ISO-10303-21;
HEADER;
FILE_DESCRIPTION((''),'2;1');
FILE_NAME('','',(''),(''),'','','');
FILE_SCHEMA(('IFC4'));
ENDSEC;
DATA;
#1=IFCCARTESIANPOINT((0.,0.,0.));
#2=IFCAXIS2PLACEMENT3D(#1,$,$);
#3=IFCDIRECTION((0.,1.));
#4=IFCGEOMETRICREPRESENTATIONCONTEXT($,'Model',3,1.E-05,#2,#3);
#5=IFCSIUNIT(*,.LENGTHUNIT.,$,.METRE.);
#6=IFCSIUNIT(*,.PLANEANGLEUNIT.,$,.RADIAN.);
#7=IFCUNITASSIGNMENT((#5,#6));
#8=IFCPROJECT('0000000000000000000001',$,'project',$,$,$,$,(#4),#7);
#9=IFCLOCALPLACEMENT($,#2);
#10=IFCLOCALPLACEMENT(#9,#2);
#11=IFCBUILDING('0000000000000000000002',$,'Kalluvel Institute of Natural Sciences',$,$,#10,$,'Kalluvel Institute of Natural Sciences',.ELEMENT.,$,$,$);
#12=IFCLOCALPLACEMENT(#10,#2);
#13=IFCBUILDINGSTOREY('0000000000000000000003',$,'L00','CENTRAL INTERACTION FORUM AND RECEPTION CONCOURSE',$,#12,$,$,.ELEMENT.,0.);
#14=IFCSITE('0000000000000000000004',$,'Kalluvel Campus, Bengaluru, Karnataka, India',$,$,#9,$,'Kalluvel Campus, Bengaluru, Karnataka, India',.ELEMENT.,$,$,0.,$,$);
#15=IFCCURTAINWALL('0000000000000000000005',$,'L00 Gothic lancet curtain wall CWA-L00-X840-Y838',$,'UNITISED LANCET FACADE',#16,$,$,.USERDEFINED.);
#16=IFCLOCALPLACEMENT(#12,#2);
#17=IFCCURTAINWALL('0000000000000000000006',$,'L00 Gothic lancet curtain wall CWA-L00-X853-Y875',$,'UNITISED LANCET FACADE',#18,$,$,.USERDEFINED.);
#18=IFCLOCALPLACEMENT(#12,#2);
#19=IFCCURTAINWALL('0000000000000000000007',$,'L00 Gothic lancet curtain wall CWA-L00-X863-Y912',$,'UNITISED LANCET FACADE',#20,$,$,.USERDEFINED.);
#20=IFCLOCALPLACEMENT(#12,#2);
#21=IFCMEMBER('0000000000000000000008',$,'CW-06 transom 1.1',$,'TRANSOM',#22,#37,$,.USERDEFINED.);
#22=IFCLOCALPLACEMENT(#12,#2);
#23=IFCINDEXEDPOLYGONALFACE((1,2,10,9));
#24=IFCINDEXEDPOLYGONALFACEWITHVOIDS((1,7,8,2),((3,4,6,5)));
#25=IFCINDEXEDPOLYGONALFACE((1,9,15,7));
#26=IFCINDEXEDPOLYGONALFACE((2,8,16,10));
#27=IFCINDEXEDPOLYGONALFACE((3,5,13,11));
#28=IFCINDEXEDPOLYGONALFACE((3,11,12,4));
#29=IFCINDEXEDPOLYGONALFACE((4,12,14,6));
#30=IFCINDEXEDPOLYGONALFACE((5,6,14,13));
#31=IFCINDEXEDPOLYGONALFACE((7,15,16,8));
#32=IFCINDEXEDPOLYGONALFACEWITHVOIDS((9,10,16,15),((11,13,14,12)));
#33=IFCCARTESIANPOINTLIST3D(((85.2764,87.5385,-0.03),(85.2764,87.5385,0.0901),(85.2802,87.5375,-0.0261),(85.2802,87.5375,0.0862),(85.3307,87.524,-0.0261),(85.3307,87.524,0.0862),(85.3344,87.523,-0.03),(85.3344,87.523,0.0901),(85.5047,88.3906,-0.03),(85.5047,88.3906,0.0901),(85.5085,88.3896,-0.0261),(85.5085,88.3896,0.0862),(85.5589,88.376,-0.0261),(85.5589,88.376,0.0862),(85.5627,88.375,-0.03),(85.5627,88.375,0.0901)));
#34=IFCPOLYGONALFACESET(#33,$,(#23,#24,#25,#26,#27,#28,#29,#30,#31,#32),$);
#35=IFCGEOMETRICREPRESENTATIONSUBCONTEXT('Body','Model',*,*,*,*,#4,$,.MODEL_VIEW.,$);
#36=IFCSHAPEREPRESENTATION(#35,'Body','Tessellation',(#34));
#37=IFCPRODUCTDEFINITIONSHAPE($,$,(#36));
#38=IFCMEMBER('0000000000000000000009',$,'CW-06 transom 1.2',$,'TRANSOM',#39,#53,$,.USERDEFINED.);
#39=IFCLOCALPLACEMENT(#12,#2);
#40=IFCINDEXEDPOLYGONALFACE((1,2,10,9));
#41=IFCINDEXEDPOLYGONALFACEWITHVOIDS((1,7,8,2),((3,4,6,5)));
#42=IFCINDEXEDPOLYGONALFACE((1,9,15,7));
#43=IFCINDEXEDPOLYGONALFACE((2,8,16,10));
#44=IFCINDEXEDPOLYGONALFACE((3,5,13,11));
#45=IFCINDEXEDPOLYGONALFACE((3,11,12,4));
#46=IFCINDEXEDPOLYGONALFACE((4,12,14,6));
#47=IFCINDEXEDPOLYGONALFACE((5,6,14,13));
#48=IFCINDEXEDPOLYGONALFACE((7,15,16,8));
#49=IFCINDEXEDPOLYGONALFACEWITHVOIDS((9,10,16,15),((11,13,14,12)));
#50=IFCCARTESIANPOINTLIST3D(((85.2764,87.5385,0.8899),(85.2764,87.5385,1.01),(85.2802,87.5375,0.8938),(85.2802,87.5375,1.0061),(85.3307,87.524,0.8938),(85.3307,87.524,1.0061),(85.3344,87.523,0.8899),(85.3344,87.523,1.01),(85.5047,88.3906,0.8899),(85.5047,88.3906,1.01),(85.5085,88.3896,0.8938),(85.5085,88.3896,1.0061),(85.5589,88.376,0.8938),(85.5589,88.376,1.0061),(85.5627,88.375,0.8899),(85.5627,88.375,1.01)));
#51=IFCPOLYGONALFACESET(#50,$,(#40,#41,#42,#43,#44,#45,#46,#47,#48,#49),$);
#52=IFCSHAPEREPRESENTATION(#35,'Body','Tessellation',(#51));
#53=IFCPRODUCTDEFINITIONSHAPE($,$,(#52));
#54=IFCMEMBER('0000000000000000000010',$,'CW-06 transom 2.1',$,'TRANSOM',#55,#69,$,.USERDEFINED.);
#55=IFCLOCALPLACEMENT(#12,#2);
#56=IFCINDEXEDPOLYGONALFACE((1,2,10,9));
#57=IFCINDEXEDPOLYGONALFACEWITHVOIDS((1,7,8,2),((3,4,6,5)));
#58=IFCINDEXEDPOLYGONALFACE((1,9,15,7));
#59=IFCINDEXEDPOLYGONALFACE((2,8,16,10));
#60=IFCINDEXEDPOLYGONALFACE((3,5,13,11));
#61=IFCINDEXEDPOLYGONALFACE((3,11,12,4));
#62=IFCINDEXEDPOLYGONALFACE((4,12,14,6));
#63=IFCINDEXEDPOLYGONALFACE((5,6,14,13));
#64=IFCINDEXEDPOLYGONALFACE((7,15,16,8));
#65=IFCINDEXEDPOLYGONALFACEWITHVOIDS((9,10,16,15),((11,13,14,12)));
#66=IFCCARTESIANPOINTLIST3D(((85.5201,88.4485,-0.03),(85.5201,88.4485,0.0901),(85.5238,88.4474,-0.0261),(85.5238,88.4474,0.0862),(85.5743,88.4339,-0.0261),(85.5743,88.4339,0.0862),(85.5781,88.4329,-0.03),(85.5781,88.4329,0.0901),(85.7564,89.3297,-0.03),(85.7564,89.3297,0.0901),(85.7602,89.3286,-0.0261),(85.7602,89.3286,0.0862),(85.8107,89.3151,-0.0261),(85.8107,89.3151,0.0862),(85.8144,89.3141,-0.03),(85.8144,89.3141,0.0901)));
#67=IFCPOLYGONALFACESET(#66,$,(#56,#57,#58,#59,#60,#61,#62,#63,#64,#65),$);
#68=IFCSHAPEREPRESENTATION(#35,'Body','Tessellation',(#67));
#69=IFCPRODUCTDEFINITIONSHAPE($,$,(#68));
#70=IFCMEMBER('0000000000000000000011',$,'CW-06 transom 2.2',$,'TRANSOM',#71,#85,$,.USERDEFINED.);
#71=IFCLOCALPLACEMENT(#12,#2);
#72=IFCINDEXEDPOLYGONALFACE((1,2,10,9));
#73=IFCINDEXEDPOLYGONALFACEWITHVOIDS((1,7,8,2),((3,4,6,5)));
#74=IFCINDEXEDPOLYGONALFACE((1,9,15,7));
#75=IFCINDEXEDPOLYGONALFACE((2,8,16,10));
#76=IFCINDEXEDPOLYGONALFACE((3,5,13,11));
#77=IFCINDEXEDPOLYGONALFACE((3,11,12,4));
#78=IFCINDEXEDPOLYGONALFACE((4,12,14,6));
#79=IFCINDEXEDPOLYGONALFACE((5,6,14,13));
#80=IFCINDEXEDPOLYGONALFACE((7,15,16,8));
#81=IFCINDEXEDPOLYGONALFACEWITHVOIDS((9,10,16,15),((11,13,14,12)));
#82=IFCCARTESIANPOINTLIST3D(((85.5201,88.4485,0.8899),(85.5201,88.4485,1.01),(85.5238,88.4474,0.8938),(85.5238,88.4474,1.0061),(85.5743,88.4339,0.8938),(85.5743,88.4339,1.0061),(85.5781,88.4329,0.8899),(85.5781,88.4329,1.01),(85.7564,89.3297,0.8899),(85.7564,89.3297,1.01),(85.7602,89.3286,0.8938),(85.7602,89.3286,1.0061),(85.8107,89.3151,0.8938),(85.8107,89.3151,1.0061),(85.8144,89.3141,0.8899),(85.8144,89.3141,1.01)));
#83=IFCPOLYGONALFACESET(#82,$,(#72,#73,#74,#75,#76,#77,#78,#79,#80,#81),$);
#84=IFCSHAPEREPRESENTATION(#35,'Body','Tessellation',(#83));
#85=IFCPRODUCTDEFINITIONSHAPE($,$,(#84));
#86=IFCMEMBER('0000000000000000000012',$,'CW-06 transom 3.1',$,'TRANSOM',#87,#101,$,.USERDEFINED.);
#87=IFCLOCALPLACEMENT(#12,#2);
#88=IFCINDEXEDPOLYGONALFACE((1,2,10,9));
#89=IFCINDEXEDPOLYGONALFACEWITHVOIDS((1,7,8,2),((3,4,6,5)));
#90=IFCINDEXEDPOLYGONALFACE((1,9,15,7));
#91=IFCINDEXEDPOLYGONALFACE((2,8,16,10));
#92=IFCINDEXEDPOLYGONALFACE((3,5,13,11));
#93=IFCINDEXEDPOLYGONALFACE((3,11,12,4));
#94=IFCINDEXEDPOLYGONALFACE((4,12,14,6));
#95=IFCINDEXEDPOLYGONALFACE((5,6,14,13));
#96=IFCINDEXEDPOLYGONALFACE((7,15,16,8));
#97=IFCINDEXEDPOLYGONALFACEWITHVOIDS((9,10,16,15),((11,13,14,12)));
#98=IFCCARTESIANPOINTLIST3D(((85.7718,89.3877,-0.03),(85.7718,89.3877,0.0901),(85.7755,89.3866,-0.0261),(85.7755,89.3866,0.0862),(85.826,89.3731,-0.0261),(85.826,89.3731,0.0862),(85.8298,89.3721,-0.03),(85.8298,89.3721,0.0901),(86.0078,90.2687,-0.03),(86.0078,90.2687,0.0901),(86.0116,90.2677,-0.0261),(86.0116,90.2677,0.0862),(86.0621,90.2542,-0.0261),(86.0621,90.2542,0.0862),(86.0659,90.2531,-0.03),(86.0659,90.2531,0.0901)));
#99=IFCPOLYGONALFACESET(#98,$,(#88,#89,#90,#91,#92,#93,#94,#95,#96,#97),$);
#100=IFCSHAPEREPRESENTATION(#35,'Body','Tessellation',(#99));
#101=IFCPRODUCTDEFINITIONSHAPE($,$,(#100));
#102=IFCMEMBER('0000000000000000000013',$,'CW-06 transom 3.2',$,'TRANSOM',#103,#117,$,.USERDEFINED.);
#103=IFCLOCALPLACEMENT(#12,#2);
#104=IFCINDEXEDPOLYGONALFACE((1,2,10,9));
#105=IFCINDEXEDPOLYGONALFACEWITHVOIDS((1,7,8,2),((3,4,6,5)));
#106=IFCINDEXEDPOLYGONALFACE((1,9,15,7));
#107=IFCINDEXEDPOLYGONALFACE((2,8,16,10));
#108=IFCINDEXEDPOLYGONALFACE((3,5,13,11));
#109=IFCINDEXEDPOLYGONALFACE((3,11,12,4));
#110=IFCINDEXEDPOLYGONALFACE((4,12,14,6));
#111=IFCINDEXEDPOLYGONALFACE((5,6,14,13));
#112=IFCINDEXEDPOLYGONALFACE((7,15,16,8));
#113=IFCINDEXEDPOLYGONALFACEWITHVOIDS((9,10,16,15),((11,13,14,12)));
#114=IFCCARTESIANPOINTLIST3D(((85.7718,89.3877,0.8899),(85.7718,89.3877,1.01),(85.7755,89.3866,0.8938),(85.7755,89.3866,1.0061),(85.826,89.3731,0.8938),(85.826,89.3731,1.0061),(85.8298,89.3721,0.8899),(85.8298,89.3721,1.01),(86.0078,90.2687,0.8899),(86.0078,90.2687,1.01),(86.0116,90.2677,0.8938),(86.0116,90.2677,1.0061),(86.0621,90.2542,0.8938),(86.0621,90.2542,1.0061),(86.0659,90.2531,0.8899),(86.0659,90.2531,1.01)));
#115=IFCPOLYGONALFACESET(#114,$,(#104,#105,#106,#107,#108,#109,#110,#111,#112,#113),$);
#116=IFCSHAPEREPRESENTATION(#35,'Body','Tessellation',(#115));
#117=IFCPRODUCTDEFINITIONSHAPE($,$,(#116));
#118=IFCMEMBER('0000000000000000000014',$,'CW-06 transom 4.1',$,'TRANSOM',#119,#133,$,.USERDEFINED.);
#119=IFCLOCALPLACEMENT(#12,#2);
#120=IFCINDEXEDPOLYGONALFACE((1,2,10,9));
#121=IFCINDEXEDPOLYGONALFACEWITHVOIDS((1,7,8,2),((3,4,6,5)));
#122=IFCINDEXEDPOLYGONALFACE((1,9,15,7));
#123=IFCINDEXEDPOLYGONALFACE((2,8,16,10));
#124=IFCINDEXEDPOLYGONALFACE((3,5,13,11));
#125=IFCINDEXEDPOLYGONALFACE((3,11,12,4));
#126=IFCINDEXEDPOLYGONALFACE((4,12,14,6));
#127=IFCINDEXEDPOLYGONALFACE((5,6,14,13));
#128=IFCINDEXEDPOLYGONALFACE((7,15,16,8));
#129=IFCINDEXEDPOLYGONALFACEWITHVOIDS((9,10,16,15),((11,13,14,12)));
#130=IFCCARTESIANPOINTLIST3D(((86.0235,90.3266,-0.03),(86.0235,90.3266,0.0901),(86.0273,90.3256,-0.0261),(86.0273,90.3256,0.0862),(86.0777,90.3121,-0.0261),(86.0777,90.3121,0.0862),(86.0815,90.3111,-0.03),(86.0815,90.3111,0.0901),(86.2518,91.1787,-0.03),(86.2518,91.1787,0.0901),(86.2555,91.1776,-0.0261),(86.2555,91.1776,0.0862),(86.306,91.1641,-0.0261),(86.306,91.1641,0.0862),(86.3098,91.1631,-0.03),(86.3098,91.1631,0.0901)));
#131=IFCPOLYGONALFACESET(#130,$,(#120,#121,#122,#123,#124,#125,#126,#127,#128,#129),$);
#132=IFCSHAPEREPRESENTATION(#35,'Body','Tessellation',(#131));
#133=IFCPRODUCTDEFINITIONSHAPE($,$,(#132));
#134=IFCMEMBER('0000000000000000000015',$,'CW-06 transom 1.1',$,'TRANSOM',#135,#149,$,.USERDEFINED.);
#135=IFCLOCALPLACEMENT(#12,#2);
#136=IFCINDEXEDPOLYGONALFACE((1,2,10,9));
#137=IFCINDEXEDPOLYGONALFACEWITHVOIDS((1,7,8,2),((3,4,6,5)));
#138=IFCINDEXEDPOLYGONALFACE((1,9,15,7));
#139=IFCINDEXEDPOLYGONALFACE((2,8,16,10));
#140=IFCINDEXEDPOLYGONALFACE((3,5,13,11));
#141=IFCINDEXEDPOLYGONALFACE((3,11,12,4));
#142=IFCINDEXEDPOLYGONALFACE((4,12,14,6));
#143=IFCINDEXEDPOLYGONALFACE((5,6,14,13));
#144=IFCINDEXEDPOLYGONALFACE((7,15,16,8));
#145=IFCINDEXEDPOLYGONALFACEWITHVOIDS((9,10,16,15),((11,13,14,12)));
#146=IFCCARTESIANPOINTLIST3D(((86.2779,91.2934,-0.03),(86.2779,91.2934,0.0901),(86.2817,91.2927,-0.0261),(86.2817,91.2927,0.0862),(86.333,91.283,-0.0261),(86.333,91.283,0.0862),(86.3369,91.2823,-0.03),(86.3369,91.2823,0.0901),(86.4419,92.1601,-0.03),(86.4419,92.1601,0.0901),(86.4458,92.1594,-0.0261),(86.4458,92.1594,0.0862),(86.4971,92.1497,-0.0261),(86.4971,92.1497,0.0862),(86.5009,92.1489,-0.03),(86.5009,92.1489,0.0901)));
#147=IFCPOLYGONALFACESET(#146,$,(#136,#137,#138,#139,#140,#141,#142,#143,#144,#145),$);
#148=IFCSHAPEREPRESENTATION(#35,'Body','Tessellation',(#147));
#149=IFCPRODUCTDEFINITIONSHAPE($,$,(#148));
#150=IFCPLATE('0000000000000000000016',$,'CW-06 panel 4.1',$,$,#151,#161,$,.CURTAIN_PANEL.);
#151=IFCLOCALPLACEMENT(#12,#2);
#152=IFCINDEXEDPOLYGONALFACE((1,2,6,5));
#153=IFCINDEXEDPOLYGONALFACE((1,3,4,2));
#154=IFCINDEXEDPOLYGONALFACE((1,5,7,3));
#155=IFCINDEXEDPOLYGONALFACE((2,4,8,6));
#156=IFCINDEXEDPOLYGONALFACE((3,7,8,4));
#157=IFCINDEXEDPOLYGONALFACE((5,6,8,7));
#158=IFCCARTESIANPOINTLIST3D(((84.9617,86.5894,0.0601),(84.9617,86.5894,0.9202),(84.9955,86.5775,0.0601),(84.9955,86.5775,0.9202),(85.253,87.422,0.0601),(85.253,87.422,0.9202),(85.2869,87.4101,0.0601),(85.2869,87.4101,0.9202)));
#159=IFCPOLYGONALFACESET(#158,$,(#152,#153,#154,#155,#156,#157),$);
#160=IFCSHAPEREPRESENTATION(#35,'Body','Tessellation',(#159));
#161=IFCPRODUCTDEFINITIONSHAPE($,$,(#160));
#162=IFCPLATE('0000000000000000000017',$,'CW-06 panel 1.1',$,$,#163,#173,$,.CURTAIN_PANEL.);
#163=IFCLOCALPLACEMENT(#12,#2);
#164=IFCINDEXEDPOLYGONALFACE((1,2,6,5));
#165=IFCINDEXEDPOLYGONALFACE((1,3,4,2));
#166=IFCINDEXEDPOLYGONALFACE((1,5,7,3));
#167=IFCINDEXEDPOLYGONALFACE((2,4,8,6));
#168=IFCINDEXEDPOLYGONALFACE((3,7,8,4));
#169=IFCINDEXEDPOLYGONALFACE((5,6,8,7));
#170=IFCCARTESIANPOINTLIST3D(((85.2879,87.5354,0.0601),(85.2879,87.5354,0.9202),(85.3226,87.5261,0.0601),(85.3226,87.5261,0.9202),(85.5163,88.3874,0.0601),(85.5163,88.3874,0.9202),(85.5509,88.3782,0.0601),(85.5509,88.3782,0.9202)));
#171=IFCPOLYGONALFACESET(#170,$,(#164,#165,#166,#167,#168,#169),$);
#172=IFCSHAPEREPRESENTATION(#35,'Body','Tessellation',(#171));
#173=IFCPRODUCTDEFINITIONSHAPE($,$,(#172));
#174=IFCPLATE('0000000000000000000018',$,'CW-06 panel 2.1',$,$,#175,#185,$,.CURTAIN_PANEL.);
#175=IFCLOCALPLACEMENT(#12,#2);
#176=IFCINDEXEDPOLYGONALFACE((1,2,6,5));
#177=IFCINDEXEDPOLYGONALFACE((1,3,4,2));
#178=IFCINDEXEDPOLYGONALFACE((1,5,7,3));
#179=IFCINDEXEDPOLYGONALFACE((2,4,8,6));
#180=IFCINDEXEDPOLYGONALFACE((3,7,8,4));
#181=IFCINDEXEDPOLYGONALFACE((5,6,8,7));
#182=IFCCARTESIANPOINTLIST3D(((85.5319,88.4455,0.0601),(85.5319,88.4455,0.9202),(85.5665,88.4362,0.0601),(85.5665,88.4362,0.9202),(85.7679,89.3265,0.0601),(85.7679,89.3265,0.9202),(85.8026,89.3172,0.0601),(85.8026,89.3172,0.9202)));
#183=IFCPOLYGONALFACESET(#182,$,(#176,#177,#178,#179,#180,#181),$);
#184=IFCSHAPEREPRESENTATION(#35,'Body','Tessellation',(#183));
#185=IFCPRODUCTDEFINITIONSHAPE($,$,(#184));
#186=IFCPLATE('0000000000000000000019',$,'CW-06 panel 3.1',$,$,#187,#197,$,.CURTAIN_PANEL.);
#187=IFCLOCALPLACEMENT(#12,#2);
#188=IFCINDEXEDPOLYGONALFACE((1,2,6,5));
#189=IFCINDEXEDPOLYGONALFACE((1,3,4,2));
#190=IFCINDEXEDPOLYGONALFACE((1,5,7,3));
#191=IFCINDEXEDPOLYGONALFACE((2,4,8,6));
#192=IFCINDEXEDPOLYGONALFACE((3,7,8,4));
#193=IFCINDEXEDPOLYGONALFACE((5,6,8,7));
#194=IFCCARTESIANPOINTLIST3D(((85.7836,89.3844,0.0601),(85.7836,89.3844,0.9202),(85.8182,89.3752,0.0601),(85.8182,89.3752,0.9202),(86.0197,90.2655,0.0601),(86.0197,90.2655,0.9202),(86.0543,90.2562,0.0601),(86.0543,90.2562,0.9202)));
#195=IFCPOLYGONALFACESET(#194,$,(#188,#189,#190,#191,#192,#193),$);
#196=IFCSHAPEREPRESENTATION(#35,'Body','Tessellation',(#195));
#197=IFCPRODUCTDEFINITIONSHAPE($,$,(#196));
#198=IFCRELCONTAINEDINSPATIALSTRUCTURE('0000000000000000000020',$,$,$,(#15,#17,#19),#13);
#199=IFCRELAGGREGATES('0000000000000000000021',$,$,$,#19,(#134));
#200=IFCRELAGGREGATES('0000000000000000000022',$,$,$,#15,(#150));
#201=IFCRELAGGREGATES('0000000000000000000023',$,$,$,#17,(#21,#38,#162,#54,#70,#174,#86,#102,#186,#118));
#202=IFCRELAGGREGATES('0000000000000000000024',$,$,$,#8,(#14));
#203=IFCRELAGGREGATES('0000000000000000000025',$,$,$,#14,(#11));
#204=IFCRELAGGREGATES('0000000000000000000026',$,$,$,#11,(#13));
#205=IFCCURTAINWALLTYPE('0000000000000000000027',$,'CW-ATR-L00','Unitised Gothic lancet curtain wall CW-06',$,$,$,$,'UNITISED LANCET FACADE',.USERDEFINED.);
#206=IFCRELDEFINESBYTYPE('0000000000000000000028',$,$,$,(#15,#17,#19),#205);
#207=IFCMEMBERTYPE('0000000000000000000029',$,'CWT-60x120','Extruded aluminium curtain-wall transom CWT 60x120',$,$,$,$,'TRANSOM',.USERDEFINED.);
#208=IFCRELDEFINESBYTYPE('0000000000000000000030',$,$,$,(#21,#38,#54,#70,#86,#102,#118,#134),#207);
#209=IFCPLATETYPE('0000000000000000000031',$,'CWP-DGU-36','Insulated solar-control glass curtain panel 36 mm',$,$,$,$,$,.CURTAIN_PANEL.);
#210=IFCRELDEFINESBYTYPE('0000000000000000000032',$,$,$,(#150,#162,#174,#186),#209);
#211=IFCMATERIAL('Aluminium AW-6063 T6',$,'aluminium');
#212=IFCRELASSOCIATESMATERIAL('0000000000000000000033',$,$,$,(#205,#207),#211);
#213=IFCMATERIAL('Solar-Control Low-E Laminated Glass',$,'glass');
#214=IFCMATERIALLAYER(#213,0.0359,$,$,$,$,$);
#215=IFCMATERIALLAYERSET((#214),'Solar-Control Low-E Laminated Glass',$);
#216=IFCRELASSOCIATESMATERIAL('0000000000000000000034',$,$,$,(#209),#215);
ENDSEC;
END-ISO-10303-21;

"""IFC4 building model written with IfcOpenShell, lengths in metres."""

from ifc_helpers import new_model, si_unit, direction, frame, origin, origin_2d, place, context, subcontext, project, spatial, rectangle, hollow_rectangle, extrude, material, layer, layer_set, material_profile, profile_set, type_object, element, aggregate, save


model = new_model("IFC4")

# Units and contexts
model_context = context("Model", 3, precision=1e-05, world=origin(), true_north=direction((0.0, 1.0)))
body_context = subcontext(model_context, "Body", "Model", "MODEL_VIEW")
ifc_project = project(units=[si_unit("LENGTHUNIT", "METRE"), si_unit("PLANEANGLEUNIT", "RADIAN")], contexts=[model_context])

# Site, building, storey
site_placement = place(None, origin())
site = spatial("IfcSite", under=ifc_project, at=site_placement, Name="Kalluvel Campus, Bengaluru, Karnataka, India", LongName="Kalluvel Campus, Bengaluru, Karnataka, India", CompositionType="ELEMENT", RefElevation=0.0)
building_placement = place(site_placement, origin())
building = spatial("IfcBuilding", under=site, at=building_placement, Name="Kalluvel Institute of Natural Sciences", LongName="Kalluvel Institute of Natural Sciences", CompositionType="ELEMENT")
storey_placement = place(building_placement, origin())
storey = spatial("IfcBuildingStorey", under=building, at=storey_placement, Name="L00", Description="CENTRAL INTERACTION FORUM AND RECEPTION CONCOURSE", CompositionType="ELEMENT", Elevation=0.0)

# Curtain walls
ifc_material_1 = material(Name="Aluminium AW-6063 T6", Category="aluminium")
curtain_wall_type = type_object("IfcCurtainWallType", Name="CW-ATR-L00", Description="Unitised Gothic lancet curtain wall CW-06", ElementType="UNITISED LANCET FACADE", PredefinedType="USERDEFINED", material=ifc_material_1)
curtain_wall_1_placement = place(storey_placement, origin())
curtain_wall_1 = element("IfcCurtainWall", 1, at=curtain_wall_1_placement, inside=storey, type_object=curtain_wall_type, Name="L00 Gothic lancet curtain wall CWA-L00-X840-Y838", ObjectType="UNITISED LANCET FACADE", PredefinedType="USERDEFINED")
curtain_wall_2_placement = place(storey_placement, origin())
curtain_wall_2 = element("IfcCurtainWall", 2, at=curtain_wall_2_placement, inside=storey, type_object=curtain_wall_type, Name="L00 Gothic lancet curtain wall CWA-L00-X853-Y875", ObjectType="UNITISED LANCET FACADE", PredefinedType="USERDEFINED")

# Curtain wall
curtain_wall_3_placement = place(storey_placement, origin())
curtain_wall_3 = element("IfcCurtainWall", 3, at=curtain_wall_3_placement, inside=storey, type_object=curtain_wall_type, Name="L00 Gothic lancet curtain wall CWA-L00-X863-Y912", ObjectType="UNITISED LANCET FACADE", PredefinedType="USERDEFINED")

# Members
ifc_material_profile_1 = material_profile(ifc_material_1, hollow_rectangle(XDim=0.0601, YDim=0.1201, WallThickness=0.0039, at=origin_2d()), Name="CWT 60x120")
ifc_profile_set_1 = profile_set([ifc_material_profile_1], Name="Aluminium AW-6063 T6")
member_type_1 = type_object("IfcMemberType", Name="CWT-60x120", Description="Extruded aluminium curtain-wall transom CWT 60x120", ElementType="TRANSOM", PredefinedType="USERDEFINED", material=ifc_profile_set_1)
member_1_placement = place(storey_placement, frame((85.3054, 87.5308, 0.03), z_axis=(0.258782, 0.965936, 0.0), x_axis=(-0.965936, 0.258782, 0.0)))
member_1 = element("IfcMember", 4, at=member_1_placement, type_object=member_type_1, Name="CW-06 transom 1.1", ObjectType="TRANSOM", PredefinedType="USERDEFINED", context=body_context, shape_type="SweptSolid", body=[
    extrude(hollow_rectangle(XDim=0.0601, YDim=0.1201, WallThickness=0.0039, at=origin_2d()), origin(), (0.0, 0.0, 1.0), 0.8821),
])
member_2_placement = place(storey_placement, frame((85.3054, 87.5308, 0.95), z_axis=(0.258782, 0.965936, 0.0), x_axis=(-0.965936, 0.258782, 0.0)))
member_2 = element("IfcMember", 5, at=member_2_placement, type_object=member_type_1, Name="CW-06 transom 1.2", ObjectType="TRANSOM", PredefinedType="USERDEFINED", context=body_context, shape_type="SweptSolid", body=[
    extrude(hollow_rectangle(XDim=0.0601, YDim=0.1201, WallThickness=0.0039, at=origin_2d()), origin(), (0.0, 0.0, 1.0), 0.8821),
])
member_3_placement = place(storey_placement, frame((85.5491, 88.4407, 0.03), z_axis=(0.259062, 0.965861, 0.0), x_axis=(-0.965861, 0.259062, 0.0)))
member_3 = element("IfcMember", 6, at=member_3_placement, type_object=member_type_1, Name="CW-06 transom 2.1", ObjectType="TRANSOM", PredefinedType="USERDEFINED", context=body_context, shape_type="SweptSolid", body=[
    extrude(hollow_rectangle(XDim=0.0601, YDim=0.1201, WallThickness=0.0039, at=origin_2d()), origin(), (0.0, 0.0, 1.0), 0.9124),
])
member_4_placement = place(storey_placement, frame((85.5491, 88.4407, 0.95), z_axis=(0.259062, 0.965861, 0.0), x_axis=(-0.965861, 0.259062, 0.0)))
member_4 = element("IfcMember", 7, at=member_4_placement, type_object=member_type_1, Name="CW-06 transom 2.2", ObjectType="TRANSOM", PredefinedType="USERDEFINED", context=body_context, shape_type="SweptSolid", body=[
    extrude(hollow_rectangle(XDim=0.0601, YDim=0.1201, WallThickness=0.0039, at=origin_2d()), origin(), (0.0, 0.0, 1.0), 0.9124),
])
member_5_placement = place(storey_placement, frame((85.8008, 89.3799, 0.03), z_axis=(0.258812, 0.965928, 0.0), x_axis=(-0.965928, 0.258812, 0.0)))
member_5 = element("IfcMember", 8, at=member_5_placement, type_object=member_type_1, Name="CW-06 transom 3.1", ObjectType="TRANSOM", PredefinedType="USERDEFINED", context=body_context, shape_type="SweptSolid", body=[
    extrude(hollow_rectangle(XDim=0.0601, YDim=0.1201, WallThickness=0.0039, at=origin_2d()), origin(), (0.0, 0.0, 1.0), 0.9121),
])
member_6_placement = place(storey_placement, frame((85.8008, 89.3799, 0.95), z_axis=(0.258812, 0.965928, 0.0), x_axis=(-0.965928, 0.258812, 0.0)))
member_6 = element("IfcMember", 9, at=member_6_placement, type_object=member_type_1, Name="CW-06 transom 3.2", ObjectType="TRANSOM", PredefinedType="USERDEFINED", context=body_context, shape_type="SweptSolid", body=[
    extrude(hollow_rectangle(XDim=0.0601, YDim=0.1201, WallThickness=0.0039, at=origin_2d()), origin(), (0.0, 0.0, 1.0), 0.9121),
])
member_7_placement = place(storey_placement, frame((86.0525, 90.3188, 0.03), z_axis=(0.258782, 0.965936, 0.0), x_axis=(-0.965936, 0.258782, 0.0)))
member_7 = element("IfcMember", 10, at=member_7_placement, type_object=member_type_1, Name="CW-06 transom 4.1", ObjectType="TRANSOM", PredefinedType="USERDEFINED", context=body_context, shape_type="SweptSolid", body=[
    extrude(hollow_rectangle(XDim=0.0601, YDim=0.1201, WallThickness=0.0039, at=origin_2d()), origin(), (0.0, 0.0, 1.0), 0.8821),
])
member_8_placement = place(storey_placement, frame((86.3074, 91.2878, 0.03), z_axis=(0.185993, 0.982551, 0.0), x_axis=(-0.982551, 0.185993, 0.0)))
member_8 = element("IfcMember", 11, at=member_8_placement, type_object=member_type_1, Name="CW-06 transom 1.1", ObjectType="TRANSOM", PredefinedType="USERDEFINED", context=body_context, shape_type="SweptSolid", body=[
    extrude(hollow_rectangle(XDim=0.0601, YDim=0.1201, WallThickness=0.0039, at=origin_2d()), origin(), (0.0, 0.0, 1.0), 0.8821),
])
aggregate(curtain_wall_3, [member_8])

# Plates
ifc_material_2 = material(Name="Solar-Control Low-E Laminated Glass", Category="glass")
ifc_layer = layer(ifc_material_2, 0.0359)
ifc_layer_set = layer_set([ifc_layer], Name="Solar-Control Low-E Laminated Glass")
plate_type = type_object("IfcPlateType", Name="CWP-DGU-36", Description="Insulated solar-control glass curtain panel 36 mm", PredefinedType="CURTAIN_PANEL", material=ifc_layer_set)
plate_1_placement = place(storey_placement, frame((85.1243, 86.9998, 0.0601), z_axis=(0.0, 0.0, 1.0), x_axis=(0.330295, 0.943878, 0.0)))
plate_1 = element("IfcPlate", 12, at=plate_1_placement, type_object=plate_type, Name="CW-06 panel 4.1", PredefinedType="CURTAIN_PANEL", context=body_context, shape_type="SweptSolid", body=[
    extrude(rectangle(XDim=0.8821, YDim=0.0359, at=origin_2d()), origin(), (0.0, 0.0, 1.0), 0.8601),
])
aggregate(curtain_wall_1, [plate_1])
plate_2_placement = place(storey_placement, frame((85.4194, 87.9568, 0.0601), z_axis=(0.0, 0.0, 1.0), x_axis=(0.258826, 0.965924, 0.0)))
plate_2 = element("IfcPlate", 13, at=plate_2_placement, type_object=plate_type, Name="CW-06 panel 1.1", PredefinedType="CURTAIN_PANEL", context=body_context, shape_type="SweptSolid", body=[
    extrude(rectangle(XDim=0.8821, YDim=0.0359, at=origin_2d()), origin(), (0.0, 0.0, 1.0), 0.8601),
])
plate_3_placement = place(storey_placement, frame((85.6672, 88.8813, 0.0601), z_axis=(0.0, 0.0, 1.0), x_axis=(0.258826, 0.965924, 0.0)))
plate_3 = element("IfcPlate", 14, at=plate_3_placement, type_object=plate_type, Name="CW-06 panel 2.1", PredefinedType="CURTAIN_PANEL", context=body_context, shape_type="SweptSolid", body=[
    extrude(rectangle(XDim=0.9121, YDim=0.0359, at=origin_2d()), origin(), (0.0, 0.0, 1.0), 0.8601),
])
plate_4_placement = place(storey_placement, frame((85.9189, 89.8203, 0.0601), z_axis=(0.0, 0.0, 1.0), x_axis=(0.258826, 0.965924, 0.0)))
plate_4 = element("IfcPlate", 15, at=plate_4_placement, type_object=plate_type, Name="CW-06 panel 3.1", PredefinedType="CURTAIN_PANEL", context=body_context, shape_type="SweptSolid", body=[
    extrude(rectangle(XDim=0.9121, YDim=0.0359, at=origin_2d()), origin(), (0.0, 0.0, 1.0), 0.8601),
])
aggregate(curtain_wall_2, [member_1, member_2, plate_2, member_3, member_4, plate_3, member_5, member_6, plate_4, member_7])

save(model, "model.ifc")
